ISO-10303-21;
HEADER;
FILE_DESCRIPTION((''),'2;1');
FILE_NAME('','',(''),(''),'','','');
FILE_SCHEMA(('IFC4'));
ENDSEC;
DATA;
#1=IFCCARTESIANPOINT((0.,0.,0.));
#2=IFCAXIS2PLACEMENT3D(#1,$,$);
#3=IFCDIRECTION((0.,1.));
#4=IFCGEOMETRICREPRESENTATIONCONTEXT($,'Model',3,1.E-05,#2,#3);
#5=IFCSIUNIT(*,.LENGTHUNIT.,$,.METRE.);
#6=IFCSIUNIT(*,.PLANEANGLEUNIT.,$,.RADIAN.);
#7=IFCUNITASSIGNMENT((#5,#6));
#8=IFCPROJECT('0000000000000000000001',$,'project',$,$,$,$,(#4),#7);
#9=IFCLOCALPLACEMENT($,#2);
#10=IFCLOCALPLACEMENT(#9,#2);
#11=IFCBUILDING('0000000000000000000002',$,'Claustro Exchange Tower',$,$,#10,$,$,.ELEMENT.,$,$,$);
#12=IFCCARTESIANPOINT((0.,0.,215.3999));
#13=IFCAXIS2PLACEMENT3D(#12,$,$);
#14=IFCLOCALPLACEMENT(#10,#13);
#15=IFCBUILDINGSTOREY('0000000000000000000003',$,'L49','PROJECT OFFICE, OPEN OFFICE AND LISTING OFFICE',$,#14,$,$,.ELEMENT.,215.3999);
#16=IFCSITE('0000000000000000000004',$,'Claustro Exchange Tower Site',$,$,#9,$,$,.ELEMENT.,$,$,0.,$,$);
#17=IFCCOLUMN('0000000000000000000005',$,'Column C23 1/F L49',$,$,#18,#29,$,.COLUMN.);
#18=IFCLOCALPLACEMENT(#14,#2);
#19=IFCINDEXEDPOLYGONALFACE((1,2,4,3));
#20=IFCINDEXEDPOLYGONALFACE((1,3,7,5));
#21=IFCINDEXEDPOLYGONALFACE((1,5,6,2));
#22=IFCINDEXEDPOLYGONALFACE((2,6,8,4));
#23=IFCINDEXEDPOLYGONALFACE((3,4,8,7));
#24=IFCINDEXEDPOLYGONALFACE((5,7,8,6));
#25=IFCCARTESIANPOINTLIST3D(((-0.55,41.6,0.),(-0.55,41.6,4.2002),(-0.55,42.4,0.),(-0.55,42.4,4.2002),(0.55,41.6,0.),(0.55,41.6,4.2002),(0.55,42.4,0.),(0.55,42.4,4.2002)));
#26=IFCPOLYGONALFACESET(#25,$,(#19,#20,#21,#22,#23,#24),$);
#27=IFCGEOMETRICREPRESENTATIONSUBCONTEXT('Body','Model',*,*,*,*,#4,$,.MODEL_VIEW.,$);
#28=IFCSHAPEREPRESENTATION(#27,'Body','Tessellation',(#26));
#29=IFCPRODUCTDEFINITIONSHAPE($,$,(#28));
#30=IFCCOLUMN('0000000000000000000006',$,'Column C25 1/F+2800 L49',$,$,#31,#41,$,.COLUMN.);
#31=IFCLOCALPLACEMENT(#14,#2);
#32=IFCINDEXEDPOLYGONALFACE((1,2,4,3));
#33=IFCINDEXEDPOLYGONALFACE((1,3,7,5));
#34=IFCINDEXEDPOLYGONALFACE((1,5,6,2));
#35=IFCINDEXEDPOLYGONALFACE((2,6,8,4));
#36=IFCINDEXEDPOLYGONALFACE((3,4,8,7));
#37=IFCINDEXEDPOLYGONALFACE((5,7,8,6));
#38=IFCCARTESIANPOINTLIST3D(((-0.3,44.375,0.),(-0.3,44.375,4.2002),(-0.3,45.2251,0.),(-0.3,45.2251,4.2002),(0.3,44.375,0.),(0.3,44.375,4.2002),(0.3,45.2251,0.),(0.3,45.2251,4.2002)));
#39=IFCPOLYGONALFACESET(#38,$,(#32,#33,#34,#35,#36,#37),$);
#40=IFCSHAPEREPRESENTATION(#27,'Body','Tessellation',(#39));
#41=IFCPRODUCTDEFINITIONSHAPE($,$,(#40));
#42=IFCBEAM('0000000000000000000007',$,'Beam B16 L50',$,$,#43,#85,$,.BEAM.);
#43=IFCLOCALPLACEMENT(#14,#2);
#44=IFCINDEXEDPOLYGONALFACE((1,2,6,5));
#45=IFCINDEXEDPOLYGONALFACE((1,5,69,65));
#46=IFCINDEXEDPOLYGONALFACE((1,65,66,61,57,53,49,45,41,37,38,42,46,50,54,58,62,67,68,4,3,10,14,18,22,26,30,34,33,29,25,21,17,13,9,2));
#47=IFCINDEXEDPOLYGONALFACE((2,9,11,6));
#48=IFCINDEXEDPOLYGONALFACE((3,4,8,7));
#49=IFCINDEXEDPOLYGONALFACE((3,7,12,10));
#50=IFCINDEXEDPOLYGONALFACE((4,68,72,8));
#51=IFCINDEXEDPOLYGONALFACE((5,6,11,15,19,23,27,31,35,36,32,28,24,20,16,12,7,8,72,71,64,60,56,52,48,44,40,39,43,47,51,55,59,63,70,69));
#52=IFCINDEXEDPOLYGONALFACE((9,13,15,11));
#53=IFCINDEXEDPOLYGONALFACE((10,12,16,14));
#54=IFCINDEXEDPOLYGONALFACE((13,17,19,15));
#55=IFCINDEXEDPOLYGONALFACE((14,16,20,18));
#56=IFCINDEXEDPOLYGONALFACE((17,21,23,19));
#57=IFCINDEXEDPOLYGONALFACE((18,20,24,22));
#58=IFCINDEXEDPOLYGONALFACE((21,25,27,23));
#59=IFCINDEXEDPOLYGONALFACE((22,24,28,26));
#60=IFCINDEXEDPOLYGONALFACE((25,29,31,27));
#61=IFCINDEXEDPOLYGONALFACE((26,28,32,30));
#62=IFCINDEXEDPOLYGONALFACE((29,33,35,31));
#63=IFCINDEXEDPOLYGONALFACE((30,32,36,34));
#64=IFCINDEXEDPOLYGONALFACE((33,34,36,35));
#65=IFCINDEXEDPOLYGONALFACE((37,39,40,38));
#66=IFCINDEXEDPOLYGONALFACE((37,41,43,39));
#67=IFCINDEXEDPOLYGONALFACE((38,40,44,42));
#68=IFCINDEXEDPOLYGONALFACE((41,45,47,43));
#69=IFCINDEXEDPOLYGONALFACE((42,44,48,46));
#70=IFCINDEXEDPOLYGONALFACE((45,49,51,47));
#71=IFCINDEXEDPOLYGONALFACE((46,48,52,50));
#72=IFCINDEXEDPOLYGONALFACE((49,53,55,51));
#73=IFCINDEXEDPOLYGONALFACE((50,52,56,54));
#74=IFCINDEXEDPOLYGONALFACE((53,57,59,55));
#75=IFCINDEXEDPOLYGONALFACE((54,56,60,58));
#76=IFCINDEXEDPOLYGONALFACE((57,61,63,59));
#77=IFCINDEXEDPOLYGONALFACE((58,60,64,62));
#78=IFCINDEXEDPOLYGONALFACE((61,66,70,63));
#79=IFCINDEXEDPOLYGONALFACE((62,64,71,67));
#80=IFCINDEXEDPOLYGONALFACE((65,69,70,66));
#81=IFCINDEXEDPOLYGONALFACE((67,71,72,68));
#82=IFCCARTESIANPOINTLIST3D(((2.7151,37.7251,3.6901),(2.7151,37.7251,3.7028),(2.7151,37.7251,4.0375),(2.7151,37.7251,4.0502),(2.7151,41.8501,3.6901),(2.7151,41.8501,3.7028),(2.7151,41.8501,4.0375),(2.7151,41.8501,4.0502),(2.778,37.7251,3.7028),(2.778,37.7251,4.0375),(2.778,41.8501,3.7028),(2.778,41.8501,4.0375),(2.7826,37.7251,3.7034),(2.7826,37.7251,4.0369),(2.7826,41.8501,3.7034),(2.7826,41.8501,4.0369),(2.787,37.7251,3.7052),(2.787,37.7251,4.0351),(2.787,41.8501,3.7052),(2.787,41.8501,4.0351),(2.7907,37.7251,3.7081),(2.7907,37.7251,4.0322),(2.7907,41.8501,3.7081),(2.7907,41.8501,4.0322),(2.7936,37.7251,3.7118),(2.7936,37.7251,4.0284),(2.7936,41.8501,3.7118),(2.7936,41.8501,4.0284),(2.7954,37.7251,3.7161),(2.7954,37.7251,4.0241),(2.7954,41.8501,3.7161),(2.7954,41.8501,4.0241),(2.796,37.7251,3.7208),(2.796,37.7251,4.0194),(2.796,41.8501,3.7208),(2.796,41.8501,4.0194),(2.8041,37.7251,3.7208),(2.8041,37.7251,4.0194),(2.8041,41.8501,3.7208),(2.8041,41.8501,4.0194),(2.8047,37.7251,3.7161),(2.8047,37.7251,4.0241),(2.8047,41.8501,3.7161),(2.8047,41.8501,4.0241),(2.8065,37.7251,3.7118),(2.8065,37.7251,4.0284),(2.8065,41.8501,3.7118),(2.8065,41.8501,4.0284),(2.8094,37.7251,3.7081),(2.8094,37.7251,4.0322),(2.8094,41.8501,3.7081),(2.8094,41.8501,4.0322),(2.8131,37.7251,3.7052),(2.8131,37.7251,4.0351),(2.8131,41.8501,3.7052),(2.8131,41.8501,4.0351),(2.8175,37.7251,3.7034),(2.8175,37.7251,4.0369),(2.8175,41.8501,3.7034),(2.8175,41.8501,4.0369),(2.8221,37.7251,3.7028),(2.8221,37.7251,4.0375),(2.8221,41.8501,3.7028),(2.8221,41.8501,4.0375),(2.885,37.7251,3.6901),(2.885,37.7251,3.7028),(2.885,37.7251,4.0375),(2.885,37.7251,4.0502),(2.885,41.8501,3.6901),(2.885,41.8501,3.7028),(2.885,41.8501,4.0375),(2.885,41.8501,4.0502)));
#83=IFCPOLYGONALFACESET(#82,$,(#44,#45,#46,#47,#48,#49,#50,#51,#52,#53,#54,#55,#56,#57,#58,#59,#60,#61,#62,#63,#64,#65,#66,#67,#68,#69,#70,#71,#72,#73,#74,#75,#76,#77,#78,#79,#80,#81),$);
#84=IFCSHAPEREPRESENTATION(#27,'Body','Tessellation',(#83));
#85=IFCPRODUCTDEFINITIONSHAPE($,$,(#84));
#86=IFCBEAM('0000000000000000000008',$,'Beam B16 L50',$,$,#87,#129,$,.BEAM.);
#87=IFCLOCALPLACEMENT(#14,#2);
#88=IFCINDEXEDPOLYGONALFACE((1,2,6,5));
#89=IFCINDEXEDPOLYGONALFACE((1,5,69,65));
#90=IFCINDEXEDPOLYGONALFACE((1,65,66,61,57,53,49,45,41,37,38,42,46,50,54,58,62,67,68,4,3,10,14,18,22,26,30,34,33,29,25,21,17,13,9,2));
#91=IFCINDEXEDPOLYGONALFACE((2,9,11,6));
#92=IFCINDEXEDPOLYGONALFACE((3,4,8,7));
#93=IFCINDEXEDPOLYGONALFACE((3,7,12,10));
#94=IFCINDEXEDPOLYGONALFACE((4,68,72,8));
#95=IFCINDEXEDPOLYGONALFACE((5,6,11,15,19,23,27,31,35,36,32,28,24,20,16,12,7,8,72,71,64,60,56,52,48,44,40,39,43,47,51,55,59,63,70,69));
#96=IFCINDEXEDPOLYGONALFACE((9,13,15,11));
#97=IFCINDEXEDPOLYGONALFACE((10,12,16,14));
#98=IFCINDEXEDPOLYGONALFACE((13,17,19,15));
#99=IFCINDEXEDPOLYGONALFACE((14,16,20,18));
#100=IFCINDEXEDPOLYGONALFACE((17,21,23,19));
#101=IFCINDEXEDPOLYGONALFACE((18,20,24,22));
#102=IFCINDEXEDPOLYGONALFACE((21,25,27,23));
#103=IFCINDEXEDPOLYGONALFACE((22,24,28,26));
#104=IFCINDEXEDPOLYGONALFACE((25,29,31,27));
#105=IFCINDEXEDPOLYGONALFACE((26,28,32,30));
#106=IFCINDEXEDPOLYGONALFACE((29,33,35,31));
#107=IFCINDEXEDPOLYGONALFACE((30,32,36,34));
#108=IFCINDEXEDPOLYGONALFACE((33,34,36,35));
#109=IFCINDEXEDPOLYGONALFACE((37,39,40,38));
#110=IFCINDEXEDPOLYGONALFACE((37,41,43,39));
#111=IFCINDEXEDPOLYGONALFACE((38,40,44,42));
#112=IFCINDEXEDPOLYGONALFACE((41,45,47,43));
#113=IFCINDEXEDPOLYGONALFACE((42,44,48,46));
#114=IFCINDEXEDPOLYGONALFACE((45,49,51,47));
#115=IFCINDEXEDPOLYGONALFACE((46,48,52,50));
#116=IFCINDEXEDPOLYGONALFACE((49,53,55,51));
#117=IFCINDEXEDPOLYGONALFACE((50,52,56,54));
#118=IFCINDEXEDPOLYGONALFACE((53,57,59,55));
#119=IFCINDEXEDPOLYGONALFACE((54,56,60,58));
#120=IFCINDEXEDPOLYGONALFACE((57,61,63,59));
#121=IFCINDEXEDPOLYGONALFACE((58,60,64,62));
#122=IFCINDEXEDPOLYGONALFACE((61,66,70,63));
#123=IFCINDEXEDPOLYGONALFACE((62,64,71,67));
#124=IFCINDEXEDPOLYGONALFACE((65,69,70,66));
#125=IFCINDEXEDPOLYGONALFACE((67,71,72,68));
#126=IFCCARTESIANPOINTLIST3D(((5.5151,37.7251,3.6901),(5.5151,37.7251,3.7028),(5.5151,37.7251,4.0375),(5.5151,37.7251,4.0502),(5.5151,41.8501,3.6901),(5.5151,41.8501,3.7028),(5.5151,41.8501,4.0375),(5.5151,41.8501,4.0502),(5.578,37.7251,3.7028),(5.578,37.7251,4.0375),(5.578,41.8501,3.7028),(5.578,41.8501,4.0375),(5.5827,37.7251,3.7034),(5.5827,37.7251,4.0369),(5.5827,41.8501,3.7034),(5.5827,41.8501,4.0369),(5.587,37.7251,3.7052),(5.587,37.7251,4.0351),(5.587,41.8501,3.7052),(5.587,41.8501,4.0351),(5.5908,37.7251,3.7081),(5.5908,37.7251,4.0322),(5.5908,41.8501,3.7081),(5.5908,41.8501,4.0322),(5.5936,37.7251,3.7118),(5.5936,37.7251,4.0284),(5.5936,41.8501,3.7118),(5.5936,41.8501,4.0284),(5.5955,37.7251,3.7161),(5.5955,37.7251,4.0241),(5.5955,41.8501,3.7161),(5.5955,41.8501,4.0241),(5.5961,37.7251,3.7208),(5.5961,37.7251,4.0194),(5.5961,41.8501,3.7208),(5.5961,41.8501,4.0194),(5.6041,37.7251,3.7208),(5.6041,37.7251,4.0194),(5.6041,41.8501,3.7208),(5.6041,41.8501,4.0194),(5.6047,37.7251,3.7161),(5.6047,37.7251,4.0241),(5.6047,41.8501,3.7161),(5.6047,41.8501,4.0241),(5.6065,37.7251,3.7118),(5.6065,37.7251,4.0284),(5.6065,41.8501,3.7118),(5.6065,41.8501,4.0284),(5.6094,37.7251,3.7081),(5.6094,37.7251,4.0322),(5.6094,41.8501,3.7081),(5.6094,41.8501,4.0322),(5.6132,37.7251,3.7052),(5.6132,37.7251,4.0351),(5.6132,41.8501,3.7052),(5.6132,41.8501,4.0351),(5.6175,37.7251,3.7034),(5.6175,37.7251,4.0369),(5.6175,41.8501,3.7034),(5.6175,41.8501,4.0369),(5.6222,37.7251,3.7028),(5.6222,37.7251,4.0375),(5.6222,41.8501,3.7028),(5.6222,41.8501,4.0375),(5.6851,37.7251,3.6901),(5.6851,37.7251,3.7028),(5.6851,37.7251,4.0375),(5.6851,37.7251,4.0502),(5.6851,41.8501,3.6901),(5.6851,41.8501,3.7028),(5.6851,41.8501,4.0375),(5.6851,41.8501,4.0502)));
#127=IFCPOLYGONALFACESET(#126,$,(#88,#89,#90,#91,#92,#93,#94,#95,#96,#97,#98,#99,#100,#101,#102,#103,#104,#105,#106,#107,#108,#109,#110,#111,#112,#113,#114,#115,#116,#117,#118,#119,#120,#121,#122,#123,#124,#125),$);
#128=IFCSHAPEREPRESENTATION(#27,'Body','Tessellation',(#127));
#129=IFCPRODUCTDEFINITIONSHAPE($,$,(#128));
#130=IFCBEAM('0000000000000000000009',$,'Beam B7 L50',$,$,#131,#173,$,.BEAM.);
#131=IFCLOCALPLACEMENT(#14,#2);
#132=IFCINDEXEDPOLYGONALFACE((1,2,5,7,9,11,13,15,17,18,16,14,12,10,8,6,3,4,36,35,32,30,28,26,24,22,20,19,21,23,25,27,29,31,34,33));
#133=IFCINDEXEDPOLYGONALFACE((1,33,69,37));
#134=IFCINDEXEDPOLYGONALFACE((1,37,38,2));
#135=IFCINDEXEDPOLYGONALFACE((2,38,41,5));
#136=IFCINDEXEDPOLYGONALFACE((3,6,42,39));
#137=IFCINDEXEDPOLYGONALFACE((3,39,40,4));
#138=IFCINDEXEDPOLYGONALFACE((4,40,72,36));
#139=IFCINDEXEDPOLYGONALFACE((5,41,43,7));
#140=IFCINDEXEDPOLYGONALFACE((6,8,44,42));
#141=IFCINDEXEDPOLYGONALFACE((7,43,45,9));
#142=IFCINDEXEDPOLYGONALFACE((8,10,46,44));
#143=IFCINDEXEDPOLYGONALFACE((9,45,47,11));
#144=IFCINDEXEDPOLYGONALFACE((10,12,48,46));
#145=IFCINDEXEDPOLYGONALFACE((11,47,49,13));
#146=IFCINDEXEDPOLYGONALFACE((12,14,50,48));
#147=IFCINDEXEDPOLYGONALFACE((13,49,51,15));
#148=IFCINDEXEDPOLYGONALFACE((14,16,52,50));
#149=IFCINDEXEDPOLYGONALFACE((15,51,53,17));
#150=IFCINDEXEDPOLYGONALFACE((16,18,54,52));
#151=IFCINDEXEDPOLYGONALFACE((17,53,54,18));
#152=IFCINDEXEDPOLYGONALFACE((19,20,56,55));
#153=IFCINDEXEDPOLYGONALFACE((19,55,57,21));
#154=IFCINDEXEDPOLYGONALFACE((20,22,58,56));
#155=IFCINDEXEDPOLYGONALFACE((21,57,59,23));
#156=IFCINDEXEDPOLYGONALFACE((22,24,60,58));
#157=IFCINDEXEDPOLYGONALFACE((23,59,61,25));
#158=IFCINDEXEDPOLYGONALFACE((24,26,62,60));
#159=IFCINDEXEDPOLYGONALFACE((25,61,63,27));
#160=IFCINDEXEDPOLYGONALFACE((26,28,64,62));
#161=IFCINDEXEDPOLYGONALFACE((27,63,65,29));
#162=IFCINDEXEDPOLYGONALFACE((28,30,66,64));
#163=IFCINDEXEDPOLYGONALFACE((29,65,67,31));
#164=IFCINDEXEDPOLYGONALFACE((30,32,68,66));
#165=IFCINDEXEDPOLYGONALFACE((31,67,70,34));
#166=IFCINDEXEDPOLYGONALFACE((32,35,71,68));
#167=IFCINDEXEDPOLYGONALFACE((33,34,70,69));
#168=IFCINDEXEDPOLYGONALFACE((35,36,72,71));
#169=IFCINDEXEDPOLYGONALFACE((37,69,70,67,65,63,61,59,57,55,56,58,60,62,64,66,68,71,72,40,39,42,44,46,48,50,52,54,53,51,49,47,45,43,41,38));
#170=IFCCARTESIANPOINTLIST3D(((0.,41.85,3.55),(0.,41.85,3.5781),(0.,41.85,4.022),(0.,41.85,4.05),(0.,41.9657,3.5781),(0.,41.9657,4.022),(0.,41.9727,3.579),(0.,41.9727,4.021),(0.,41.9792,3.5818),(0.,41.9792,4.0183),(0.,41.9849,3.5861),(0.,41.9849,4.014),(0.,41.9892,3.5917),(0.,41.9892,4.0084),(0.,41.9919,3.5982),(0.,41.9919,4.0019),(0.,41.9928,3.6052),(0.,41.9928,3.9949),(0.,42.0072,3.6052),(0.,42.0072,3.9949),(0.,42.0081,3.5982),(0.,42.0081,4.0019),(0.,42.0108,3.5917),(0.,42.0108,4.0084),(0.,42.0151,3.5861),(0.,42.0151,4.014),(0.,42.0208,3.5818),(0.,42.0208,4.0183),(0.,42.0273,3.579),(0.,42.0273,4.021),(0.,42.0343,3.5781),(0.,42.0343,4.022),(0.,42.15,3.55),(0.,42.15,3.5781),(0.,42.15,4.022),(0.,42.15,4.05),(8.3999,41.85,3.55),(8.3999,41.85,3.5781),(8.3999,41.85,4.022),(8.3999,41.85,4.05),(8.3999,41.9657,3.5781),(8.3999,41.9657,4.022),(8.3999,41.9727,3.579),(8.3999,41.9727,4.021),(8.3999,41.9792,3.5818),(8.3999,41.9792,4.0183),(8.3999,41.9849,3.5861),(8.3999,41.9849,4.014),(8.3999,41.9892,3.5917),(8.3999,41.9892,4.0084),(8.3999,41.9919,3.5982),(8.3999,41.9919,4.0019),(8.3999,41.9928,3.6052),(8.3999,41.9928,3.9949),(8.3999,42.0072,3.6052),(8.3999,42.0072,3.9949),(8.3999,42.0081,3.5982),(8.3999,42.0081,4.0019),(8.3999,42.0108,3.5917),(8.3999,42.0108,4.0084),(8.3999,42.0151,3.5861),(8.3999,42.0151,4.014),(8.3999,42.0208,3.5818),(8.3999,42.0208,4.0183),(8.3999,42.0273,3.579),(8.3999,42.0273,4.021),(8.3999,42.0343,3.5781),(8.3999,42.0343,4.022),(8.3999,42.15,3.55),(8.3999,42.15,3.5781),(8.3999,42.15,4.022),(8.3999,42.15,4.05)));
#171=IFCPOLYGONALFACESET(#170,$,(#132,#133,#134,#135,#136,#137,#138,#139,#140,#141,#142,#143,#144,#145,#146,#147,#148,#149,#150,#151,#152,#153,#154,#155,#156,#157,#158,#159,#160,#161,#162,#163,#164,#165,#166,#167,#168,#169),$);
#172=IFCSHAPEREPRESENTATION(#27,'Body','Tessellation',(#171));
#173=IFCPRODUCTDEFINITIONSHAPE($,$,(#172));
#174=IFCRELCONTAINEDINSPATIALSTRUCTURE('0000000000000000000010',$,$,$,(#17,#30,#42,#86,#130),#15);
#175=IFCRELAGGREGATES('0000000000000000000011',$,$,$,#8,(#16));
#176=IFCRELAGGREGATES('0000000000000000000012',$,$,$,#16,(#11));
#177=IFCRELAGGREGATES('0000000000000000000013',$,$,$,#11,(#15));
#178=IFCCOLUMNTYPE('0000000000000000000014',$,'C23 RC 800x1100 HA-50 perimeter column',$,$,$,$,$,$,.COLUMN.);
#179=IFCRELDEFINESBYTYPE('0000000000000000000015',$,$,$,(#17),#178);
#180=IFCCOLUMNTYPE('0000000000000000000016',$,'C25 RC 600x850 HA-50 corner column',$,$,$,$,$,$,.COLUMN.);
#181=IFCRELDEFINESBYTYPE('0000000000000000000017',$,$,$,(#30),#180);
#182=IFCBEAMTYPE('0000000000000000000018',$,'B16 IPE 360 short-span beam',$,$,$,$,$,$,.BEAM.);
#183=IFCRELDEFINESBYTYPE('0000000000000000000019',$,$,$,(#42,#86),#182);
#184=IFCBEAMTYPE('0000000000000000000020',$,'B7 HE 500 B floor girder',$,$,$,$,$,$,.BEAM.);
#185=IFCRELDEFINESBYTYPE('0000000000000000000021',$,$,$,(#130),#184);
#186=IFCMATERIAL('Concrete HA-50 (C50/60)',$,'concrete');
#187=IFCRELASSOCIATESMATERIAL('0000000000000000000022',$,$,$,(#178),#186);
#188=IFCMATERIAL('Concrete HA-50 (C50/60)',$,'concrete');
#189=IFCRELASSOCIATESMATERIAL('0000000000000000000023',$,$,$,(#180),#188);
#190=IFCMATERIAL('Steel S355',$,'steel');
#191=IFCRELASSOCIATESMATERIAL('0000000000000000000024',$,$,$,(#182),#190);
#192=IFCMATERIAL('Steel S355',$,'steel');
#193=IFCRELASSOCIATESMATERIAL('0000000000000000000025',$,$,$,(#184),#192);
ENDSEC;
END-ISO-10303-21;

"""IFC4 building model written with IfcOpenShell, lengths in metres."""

from ifc_helpers import new_model, si_unit, direction, frame, origin, origin_2d, place, context, subcontext, project, spatial, rectangle, i_section, extrude, material, material_profile, profile_set, type_object, element, save


model = new_model("IFC4")

# Units and contexts
model_context = context("Model", 3, precision=1e-05, world=origin(), true_north=direction((0.0, 1.0)))
body_context = subcontext(model_context, "Body", "Model", "MODEL_VIEW")
ifc_project = project(units=[si_unit("LENGTHUNIT", "METRE"), si_unit("PLANEANGLEUNIT", "RADIAN")], contexts=[model_context])

# Site, building, storey
site_placement = place(None, origin())
site = spatial("IfcSite", under=ifc_project, at=site_placement, Name="Claustro Exchange Tower Site", CompositionType="ELEMENT", RefElevation=0.0)
building_placement = place(site_placement, origin())
building = spatial("IfcBuilding", under=site, at=building_placement, Name="Claustro Exchange Tower", CompositionType="ELEMENT")
storey_placement = place(building_placement, frame((0.0, 0.0, 215.3999)))
storey = spatial("IfcBuildingStorey", under=building, at=storey_placement, Name="L49", Description="PROJECT OFFICE, OPEN OFFICE AND LISTING OFFICE", CompositionType="ELEMENT", Elevation=215.3999)

# Columns
ifc_material_1 = material(Name="Concrete HA-50 (C50/60)", Category="concrete")
ifc_material_profile_1 = material_profile(ifc_material_1, rectangle(XDim=0.8, YDim=1.1001, at=origin_2d()), Name="RC 800x1100")
ifc_profile_set_1 = profile_set([ifc_material_profile_1], Name="Concrete HA-50 (C50/60)")
column_type_1 = type_object("IfcColumnType", Name="C23 RC 800x1100 HA-50 perimeter column", PredefinedType="COLUMN", material=ifc_profile_set_1)
column_1_placement = place(storey_placement, frame((0.0, 42.0, 0.0), z_axis=(0.0, 0.0, 1.0), x_axis=(0.0, 1.0, 0.0)))
element("IfcColumn", 1, at=column_1_placement, inside=storey, type_object=column_type_1, Name="Column C23 1/F L49", PredefinedType="COLUMN", context=body_context, shape_type="SweptSolid", body=[
    extrude(rectangle(XDim=0.8, YDim=1.1001, at=origin_2d()), origin(), (0.0, 0.0, 1.0), 4.2002),
])
ifc_material_2 = material(Name="Concrete HA-50 (C50/60)", Category="concrete")
ifc_material_profile_2 = material_profile(ifc_material_2, rectangle(XDim=0.6001, YDim=0.8501, at=origin_2d()), Name="RC 600x850")
ifc_profile_set_2 = profile_set([ifc_material_profile_2], Name="Concrete HA-50 (C50/60)")
column_type_2 = type_object("IfcColumnType", Name="C25 RC 600x850 HA-50 corner column", PredefinedType="COLUMN", material=ifc_profile_set_2)
column_2_placement = place(storey_placement, frame((0.0, 44.8, 0.0), z_axis=(0.0, 0.0, 1.0), x_axis=(1.0, 0.0, 0.0)))
element("IfcColumn", 2, at=column_2_placement, inside=storey, type_object=column_type_2, Name="Column C25 1/F+2800 L49", PredefinedType="COLUMN", context=body_context, shape_type="SweptSolid", body=[
    extrude(rectangle(XDim=0.6001, YDim=0.8501, at=origin_2d()), origin(), (0.0, 0.0, 1.0), 4.2002),
])

# Beams
ifc_material_3 = material(Name="Steel S355", Category="steel")
ifc_material_profile_3 = material_profile(ifc_material_3, i_section(OverallWidth=0.1699, OverallDepth=0.3601, WebThickness=0.0081, FlangeThickness=0.0127, FilletRadius=0.0181, at=origin_2d()), Name="IPE 360")
ifc_profile_set_3 = profile_set([ifc_material_profile_3], Name="Steel S355")
beam_type_1 = type_object("IfcBeamType", Name="B16 IPE 360 short-span beam", PredefinedType="BEAM", material=ifc_profile_set_3)
for number, where, z_axis, x_axis, name in (
    (3, (2.8, 37.7251, 3.8701), (0.0, 1.0, 0.0), (-1.0, 0.0, 0.0), "Beam B16 L50"),
    (4, (5.6001, 37.7251, 3.8701), (0.0, 1.0, 0.0), (-1.0, 0.0, 0.0), "Beam B16 L50"),
):
    element("IfcBeam", number, at=place(storey_placement, frame(where, z_axis=z_axis, x_axis=x_axis)), inside=storey, type_object=beam_type_1, Name=name, PredefinedType="BEAM", context=body_context, shape_type="SweptSolid", body=[
        extrude(i_section(OverallWidth=0.1699, OverallDepth=0.3601, WebThickness=0.0081, FlangeThickness=0.0127, FilletRadius=0.0181, at=origin_2d()), origin(), (0.0, 0.0, 1.0), 4.125),
    ])
ifc_material_4 = material(Name="Steel S355", Category="steel")
ifc_material_profile_4 = material_profile(ifc_material_4, i_section(OverallWidth=0.3, OverallDepth=0.5, WebThickness=0.0144, FlangeThickness=0.0281, FilletRadius=0.0271, at=origin_2d()), Name="HE 500 B")
ifc_profile_set_4 = profile_set([ifc_material_profile_4], Name="Steel S355")
beam_type_2 = type_object("IfcBeamType", Name="B7 HE 500 B floor girder", PredefinedType="BEAM", material=ifc_profile_set_4)
beam_1_placement = place(storey_placement, frame((0.0, 42.0, 3.8), z_axis=(1.0, 0.0, 0.0), x_axis=(0.0, 1.0, 0.0)))
element("IfcBeam", 5, at=beam_1_placement, inside=storey, type_object=beam_type_2, Name="Beam B7 L50", PredefinedType="BEAM", context=body_context, shape_type="SweptSolid", body=[
    extrude(i_section(OverallWidth=0.3, OverallDepth=0.5, WebThickness=0.0144, FlangeThickness=0.0281, FilletRadius=0.0271, at=origin_2d()), origin(), (0.0, 0.0, 1.0), 8.3999),
])

save(model, "model.ifc")
